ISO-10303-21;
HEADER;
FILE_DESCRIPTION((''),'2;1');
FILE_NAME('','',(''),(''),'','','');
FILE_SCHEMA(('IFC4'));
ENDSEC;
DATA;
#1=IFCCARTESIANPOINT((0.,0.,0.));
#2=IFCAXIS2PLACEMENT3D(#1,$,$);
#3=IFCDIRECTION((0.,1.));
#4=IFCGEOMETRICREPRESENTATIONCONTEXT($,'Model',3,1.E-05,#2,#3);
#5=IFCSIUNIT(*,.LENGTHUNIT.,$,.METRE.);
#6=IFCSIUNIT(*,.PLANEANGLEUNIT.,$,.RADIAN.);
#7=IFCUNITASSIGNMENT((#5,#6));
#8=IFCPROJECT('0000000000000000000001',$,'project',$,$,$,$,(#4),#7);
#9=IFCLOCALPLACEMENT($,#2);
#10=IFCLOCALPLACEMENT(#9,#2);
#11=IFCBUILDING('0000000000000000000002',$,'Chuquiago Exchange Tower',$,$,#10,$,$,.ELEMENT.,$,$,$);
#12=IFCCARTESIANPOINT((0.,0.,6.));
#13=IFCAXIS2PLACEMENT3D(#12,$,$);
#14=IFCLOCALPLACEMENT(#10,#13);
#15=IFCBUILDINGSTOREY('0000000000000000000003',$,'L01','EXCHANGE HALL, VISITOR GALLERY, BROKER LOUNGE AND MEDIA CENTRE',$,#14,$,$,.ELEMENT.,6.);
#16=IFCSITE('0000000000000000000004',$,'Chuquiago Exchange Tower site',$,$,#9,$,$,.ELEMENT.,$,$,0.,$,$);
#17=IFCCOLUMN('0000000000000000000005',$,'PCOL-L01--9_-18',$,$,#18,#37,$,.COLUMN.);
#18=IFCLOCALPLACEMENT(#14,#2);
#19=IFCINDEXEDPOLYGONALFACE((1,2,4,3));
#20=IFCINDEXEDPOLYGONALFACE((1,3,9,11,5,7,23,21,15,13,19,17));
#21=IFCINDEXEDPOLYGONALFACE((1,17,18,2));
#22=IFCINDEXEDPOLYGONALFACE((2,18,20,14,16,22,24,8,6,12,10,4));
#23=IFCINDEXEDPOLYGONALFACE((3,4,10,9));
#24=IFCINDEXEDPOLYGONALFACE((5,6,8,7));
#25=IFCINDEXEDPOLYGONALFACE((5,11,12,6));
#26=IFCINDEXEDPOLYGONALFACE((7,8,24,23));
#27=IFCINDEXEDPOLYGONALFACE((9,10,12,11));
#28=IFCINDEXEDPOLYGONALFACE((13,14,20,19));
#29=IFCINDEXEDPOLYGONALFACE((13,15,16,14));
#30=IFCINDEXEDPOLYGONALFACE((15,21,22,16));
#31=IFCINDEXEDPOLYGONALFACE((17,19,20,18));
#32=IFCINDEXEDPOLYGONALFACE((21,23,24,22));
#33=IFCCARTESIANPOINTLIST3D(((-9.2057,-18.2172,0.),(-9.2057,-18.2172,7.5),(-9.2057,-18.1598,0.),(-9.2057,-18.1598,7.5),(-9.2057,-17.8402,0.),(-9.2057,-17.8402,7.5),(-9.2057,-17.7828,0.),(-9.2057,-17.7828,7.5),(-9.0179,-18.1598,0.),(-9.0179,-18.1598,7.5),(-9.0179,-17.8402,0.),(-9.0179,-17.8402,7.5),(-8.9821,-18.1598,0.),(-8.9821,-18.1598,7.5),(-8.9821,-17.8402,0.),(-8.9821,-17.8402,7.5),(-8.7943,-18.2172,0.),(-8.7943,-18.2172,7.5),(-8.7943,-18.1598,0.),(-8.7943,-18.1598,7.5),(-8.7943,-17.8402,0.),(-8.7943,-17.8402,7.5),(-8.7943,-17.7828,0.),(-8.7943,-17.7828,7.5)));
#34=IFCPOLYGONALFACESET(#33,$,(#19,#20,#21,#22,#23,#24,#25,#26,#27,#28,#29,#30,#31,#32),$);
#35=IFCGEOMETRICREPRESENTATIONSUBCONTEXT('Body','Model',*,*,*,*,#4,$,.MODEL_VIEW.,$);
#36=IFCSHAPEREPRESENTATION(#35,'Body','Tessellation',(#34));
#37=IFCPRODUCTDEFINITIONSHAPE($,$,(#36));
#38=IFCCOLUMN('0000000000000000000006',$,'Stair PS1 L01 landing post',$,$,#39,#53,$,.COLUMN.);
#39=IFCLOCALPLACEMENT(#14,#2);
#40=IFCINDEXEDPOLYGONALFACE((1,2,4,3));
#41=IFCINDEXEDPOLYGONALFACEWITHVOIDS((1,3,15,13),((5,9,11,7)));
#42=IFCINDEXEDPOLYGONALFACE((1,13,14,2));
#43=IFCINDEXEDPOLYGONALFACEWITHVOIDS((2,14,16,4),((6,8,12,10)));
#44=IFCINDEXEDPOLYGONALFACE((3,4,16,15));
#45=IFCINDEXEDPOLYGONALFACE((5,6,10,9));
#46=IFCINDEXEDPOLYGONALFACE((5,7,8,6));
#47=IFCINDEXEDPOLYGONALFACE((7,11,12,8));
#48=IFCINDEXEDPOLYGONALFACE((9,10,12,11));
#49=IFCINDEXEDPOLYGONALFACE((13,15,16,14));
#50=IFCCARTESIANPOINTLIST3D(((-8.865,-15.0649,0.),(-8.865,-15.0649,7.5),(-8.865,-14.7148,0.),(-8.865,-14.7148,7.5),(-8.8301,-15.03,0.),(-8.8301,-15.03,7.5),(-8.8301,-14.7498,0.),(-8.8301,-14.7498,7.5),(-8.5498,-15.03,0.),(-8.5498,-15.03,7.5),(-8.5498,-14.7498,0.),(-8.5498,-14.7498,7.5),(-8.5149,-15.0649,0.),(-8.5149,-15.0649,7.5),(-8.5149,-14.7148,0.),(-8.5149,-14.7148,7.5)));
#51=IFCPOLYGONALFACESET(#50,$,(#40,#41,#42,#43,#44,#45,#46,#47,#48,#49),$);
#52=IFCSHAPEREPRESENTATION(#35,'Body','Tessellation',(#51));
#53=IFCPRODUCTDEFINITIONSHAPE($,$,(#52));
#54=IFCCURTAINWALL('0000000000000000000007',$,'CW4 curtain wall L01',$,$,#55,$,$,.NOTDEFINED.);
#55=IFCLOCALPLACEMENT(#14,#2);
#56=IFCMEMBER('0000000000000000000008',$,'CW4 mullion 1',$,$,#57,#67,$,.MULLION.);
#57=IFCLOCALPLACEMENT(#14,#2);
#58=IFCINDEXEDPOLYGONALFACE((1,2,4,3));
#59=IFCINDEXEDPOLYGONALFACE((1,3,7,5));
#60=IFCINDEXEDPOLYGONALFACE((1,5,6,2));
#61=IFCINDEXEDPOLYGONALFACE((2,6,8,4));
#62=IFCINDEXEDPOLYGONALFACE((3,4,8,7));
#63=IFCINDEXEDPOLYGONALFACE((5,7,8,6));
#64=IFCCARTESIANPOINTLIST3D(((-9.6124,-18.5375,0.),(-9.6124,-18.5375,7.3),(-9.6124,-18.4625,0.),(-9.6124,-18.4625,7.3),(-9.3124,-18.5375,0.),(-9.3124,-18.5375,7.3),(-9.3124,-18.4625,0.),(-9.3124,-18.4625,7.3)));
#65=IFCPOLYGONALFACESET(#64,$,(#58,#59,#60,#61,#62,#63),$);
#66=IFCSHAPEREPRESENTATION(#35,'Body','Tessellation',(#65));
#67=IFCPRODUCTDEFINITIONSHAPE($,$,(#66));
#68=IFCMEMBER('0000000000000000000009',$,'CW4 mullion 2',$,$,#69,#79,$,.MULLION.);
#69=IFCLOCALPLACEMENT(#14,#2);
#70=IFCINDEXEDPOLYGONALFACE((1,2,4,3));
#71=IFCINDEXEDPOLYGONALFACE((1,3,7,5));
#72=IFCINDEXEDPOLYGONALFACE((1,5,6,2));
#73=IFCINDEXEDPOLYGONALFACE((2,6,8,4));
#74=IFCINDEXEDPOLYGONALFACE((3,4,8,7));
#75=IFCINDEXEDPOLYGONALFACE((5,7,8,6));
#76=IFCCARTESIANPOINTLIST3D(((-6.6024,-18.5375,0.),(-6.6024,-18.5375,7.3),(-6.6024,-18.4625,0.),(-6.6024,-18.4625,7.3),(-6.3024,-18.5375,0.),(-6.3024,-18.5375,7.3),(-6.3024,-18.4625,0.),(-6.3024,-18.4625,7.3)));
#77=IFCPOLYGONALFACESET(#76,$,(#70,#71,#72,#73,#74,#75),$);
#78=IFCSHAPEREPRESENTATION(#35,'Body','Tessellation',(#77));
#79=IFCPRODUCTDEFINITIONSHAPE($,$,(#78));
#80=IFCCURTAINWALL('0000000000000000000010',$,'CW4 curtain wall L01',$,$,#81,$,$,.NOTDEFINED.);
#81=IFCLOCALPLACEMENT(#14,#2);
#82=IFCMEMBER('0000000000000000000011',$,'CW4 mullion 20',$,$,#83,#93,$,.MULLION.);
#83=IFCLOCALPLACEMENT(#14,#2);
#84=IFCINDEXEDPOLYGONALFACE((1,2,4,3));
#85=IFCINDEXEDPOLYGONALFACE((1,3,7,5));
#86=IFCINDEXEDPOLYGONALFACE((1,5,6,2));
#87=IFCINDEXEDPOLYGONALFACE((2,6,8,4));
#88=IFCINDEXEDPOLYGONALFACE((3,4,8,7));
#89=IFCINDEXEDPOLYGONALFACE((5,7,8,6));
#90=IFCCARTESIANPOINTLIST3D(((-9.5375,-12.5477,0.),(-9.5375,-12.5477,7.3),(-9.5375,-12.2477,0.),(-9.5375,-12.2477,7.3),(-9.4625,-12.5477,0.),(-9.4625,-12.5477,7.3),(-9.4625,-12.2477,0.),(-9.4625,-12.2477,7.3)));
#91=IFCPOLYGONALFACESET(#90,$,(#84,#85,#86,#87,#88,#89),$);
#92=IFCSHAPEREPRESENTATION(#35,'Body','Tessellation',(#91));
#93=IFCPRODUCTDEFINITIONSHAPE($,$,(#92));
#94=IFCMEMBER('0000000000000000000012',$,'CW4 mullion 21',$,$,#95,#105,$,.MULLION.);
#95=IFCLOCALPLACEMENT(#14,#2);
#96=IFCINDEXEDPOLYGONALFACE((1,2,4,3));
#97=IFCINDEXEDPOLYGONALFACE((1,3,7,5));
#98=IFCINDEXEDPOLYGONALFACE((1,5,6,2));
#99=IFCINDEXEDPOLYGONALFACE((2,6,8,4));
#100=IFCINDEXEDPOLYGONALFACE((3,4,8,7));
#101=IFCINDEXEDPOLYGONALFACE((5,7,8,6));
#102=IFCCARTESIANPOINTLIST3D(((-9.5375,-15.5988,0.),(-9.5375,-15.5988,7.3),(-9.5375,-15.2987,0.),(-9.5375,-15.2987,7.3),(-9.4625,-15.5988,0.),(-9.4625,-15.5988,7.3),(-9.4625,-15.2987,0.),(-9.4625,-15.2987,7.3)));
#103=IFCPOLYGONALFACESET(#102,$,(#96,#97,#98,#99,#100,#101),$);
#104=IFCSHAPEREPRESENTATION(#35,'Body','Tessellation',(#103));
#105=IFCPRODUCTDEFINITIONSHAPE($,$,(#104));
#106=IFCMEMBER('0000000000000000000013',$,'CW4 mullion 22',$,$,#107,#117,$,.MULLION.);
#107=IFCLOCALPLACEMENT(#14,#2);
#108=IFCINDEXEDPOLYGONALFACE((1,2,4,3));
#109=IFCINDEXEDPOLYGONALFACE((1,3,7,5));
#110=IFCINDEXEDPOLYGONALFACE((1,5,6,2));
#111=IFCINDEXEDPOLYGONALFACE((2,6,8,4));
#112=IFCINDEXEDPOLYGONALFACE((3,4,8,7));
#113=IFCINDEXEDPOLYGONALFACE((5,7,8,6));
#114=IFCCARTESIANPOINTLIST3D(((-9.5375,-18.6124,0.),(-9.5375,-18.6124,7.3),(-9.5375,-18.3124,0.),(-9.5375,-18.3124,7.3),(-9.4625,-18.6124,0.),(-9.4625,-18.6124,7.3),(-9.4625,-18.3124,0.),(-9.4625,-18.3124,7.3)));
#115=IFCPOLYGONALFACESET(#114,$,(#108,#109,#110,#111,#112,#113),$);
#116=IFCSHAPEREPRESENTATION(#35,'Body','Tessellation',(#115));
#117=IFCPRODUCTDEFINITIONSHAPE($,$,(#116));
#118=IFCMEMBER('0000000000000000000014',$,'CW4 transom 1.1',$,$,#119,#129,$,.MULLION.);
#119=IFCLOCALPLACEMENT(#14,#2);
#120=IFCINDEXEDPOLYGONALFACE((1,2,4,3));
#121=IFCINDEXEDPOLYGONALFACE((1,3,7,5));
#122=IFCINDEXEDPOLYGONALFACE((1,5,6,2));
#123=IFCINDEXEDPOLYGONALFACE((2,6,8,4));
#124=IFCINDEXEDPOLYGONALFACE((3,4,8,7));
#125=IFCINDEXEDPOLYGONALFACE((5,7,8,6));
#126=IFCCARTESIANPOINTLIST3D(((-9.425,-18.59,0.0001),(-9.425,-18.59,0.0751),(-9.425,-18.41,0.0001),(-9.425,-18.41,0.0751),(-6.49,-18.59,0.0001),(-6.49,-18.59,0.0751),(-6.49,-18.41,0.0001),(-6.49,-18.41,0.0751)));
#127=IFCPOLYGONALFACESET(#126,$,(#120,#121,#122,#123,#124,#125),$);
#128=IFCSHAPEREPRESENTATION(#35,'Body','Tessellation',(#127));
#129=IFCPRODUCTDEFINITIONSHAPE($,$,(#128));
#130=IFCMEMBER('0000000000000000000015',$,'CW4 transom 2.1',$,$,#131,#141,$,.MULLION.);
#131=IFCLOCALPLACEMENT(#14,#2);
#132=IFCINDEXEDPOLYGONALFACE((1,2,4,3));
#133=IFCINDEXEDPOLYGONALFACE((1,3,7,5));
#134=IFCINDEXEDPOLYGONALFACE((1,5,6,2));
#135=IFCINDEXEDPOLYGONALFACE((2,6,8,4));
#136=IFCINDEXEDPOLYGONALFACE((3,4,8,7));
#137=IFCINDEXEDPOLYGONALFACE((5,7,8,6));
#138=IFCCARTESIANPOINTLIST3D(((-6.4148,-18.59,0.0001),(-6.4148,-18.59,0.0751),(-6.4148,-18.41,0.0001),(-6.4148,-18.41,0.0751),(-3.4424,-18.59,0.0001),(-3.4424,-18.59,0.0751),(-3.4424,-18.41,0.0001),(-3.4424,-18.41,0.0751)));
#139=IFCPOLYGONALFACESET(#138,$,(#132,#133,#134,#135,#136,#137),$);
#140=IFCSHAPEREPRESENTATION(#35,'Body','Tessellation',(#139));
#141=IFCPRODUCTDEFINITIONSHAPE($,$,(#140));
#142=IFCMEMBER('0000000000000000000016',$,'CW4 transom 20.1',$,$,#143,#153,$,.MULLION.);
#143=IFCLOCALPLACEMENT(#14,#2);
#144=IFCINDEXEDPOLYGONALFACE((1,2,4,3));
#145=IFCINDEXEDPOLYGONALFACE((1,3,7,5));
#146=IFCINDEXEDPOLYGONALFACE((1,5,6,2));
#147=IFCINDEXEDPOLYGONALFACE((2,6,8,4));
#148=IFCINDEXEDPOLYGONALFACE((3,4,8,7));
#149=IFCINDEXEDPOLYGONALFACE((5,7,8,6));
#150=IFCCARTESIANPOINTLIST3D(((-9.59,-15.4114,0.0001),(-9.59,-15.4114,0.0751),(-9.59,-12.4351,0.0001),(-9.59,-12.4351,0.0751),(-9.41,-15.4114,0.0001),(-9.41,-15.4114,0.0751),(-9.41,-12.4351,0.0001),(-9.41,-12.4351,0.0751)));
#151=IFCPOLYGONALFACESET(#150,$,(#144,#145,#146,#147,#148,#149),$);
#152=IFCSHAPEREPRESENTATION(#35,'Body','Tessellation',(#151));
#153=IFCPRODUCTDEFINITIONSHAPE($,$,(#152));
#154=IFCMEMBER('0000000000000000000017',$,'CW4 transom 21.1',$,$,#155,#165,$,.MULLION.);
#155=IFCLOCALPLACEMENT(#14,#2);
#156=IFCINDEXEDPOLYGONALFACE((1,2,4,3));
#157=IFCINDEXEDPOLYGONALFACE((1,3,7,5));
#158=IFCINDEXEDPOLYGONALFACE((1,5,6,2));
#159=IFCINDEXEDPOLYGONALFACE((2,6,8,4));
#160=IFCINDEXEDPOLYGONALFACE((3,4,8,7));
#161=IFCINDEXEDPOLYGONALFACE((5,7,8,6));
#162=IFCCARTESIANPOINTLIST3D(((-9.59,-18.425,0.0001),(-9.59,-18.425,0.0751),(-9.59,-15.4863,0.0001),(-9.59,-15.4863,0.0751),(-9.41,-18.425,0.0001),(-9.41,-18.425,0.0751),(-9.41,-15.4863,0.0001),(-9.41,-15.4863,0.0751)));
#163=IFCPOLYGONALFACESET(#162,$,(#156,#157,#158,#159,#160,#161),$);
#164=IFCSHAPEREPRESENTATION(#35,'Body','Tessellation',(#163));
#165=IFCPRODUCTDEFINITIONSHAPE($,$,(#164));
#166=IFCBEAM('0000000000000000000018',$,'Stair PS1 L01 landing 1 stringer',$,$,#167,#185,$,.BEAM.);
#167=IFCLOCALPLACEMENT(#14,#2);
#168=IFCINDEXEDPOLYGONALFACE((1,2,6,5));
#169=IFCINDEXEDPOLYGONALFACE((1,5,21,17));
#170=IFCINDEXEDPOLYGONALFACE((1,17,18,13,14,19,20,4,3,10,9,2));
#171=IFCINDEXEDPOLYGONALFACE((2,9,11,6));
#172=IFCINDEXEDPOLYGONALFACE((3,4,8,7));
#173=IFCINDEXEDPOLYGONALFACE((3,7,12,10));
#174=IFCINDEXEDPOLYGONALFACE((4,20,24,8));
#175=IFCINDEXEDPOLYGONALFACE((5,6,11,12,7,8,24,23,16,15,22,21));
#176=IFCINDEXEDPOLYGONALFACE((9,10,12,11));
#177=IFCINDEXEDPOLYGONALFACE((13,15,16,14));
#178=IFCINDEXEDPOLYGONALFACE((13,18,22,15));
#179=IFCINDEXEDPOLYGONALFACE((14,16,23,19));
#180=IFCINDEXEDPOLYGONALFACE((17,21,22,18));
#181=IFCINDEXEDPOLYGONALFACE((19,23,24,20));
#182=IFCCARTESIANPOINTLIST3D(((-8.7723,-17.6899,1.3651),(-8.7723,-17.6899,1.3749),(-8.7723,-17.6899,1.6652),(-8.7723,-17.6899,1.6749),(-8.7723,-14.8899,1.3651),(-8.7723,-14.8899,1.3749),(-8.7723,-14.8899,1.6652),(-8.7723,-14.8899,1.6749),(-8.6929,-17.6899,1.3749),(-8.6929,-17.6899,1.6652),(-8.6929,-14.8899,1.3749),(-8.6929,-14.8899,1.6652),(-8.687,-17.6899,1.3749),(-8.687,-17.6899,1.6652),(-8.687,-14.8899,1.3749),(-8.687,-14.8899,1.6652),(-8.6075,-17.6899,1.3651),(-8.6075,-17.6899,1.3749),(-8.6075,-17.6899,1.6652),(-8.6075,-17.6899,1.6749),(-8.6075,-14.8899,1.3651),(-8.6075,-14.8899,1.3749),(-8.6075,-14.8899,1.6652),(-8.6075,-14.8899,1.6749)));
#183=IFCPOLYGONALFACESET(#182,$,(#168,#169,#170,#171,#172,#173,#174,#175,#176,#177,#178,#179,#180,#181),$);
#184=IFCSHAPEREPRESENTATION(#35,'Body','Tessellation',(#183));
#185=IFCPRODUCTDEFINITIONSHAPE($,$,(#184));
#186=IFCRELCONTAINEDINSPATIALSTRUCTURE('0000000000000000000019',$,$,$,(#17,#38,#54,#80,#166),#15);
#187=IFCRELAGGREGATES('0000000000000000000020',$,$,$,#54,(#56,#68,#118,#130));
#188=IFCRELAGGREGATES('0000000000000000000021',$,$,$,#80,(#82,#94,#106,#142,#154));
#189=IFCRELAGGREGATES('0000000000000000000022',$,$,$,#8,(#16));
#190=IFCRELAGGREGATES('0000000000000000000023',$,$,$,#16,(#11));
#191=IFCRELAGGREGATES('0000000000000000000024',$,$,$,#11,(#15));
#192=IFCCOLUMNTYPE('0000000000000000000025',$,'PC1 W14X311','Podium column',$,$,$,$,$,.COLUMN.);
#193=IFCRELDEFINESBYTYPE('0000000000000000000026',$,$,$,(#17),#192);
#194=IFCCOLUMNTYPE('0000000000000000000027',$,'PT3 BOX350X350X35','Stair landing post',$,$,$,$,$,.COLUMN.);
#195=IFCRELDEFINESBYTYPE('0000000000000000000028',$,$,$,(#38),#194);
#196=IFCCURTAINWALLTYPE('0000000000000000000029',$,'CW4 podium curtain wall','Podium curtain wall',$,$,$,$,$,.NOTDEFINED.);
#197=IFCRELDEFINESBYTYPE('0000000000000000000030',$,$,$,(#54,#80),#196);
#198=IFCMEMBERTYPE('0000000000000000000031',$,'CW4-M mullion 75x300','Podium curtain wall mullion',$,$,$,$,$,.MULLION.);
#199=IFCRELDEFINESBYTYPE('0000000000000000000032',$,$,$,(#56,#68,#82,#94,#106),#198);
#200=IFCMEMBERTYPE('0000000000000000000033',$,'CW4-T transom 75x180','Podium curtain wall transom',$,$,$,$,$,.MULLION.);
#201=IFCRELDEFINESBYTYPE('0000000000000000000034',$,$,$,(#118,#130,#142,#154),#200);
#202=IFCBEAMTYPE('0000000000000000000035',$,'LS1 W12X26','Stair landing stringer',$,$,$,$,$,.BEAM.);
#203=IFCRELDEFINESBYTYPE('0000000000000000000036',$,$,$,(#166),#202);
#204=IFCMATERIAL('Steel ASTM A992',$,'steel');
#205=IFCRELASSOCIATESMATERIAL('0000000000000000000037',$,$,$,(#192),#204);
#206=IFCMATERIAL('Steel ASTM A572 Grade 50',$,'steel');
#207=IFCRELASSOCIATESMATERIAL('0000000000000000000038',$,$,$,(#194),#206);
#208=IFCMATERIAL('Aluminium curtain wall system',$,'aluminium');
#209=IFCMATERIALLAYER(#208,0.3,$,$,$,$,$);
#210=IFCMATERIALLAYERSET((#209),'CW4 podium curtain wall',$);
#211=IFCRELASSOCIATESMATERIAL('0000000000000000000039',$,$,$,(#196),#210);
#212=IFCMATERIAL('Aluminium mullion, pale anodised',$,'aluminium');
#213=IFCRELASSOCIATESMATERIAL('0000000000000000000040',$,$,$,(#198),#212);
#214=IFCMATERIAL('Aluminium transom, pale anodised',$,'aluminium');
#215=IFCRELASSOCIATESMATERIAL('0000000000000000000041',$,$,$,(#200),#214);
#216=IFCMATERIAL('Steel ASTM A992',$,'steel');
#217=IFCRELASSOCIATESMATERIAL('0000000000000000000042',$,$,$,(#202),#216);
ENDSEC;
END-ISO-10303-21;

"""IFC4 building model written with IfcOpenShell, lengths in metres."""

from ifc_helpers import new_model, si_unit, direction, frame, origin, origin_2d, place, context, subcontext, project, spatial, rectangle, hollow_rectangle, i_section, extrude, material, layer, layer_set, material_profile, profile_set, type_object, element, aggregate, save


model = new_model("IFC4")

# Units and contexts
model_context = context("Model", 3, precision=1e-05, world=origin(), true_north=direction((0.0, 1.0)))
body_context = subcontext(model_context, "Body", "Model", "MODEL_VIEW")
ifc_project = project(units=[si_unit("LENGTHUNIT", "METRE"), si_unit("PLANEANGLEUNIT", "RADIAN")], contexts=[model_context])

# Site, building, storey
site_placement = place(None, origin())
site = spatial("IfcSite", under=ifc_project, at=site_placement, Name="Chuquiago Exchange Tower site", CompositionType="ELEMENT", RefElevation=0.0)
building_placement = place(site_placement, origin())
building = spatial("IfcBuilding", under=site, at=building_placement, Name="Chuquiago Exchange Tower", CompositionType="ELEMENT")
storey_placement = place(building_placement, frame((0.0, 0.0, 6.0)))
storey = spatial("IfcBuildingStorey", under=building, at=storey_placement, Name="L01", Description="EXCHANGE HALL, VISITOR GALLERY, BROKER LOUNGE AND MEDIA CENTRE", CompositionType="ELEMENT", Elevation=6.0)

# Columns
ifc_material_1 = material(Name="Steel ASTM A992", Category="steel")
ifc_material_profile_1 = material_profile(ifc_material_1, i_section(OverallWidth=0.4114, OverallDepth=0.4343, WebThickness=0.0359, FlangeThickness=0.0574, at=origin_2d()), Name="W14X311")
ifc_profile_set_1 = profile_set([ifc_material_profile_1], Name="Steel ASTM A992")
column_type_1 = type_object("IfcColumnType", Name="PC1 W14X311", Description="Podium column", PredefinedType="COLUMN", material=ifc_profile_set_1)
column_1_placement = place(storey_placement, frame((-9.0, -18.0, 0.0), z_axis=(0.0, 0.0, 1.0), x_axis=(1.0, 0.0, 0.0)))
element("IfcColumn", 1, at=column_1_placement, inside=storey, type_object=column_type_1, Name="PCOL-L01--9_-18", PredefinedType="COLUMN", context=body_context, shape_type="SweptSolid", body=[
    extrude(i_section(OverallWidth=0.4114, OverallDepth=0.4343, WebThickness=0.0359, FlangeThickness=0.0574, at=origin_2d()), origin(), (0.0, 0.0, 1.0), 7.5),
])
ifc_material_2 = material(Name="Steel ASTM A572 Grade 50", Category="steel")
ifc_material_profile_2 = material_profile(ifc_material_2, hollow_rectangle(XDim=0.3501, YDim=0.3501, WallThickness=0.0349, at=origin_2d()), Name="BOX350X350X35")
ifc_profile_set_2 = profile_set([ifc_material_profile_2], Name="Steel ASTM A572 Grade 50")
column_type_2 = type_object("IfcColumnType", Name="PT3 BOX350X350X35", Description="Stair landing post", PredefinedType="COLUMN", material=ifc_profile_set_2)
column_2_placement = place(storey_placement, frame((-8.6899, -14.8899, 0.0), z_axis=(0.0, 0.0, 1.0), x_axis=(1.0, 0.0, 0.0)))
element("IfcColumn", 2, at=column_2_placement, inside=storey, type_object=column_type_2, Name="Stair PS1 L01 landing post", PredefinedType="COLUMN", context=body_context, shape_type="SweptSolid", body=[
    extrude(hollow_rectangle(XDim=0.3501, YDim=0.3501, WallThickness=0.0349, at=origin_2d()), origin(), (0.0, 0.0, 1.0), 7.5),
])

# Curtain walls, members
ifc_material_3 = material(Name="Aluminium curtain wall system", Category="aluminium")
ifc_layer_1 = layer(ifc_material_3, 0.3)
ifc_layer_set_1 = layer_set([ifc_layer_1], Name="CW4 podium curtain wall")
curtain_wall_type = type_object("IfcCurtainWallType", Name="CW4 podium curtain wall", Description="Podium curtain wall", PredefinedType="NOTDEFINED", material=ifc_layer_set_1)
curtain_wall_1_placement = place(storey_placement, origin())
curtain_wall_1 = element("IfcCurtainWall", 3, at=curtain_wall_1_placement, inside=storey, type_object=curtain_wall_type, Name="CW4 curtain wall L01", PredefinedType="NOTDEFINED")
ifc_material_4 = material(Name="Aluminium mullion, pale anodised", Category="aluminium")
ifc_material_profile_3 = material_profile(ifc_material_4, rectangle(XDim=0.075, YDim=0.3, at=origin_2d()), Name="AL 75x300")
ifc_profile_set_3 = profile_set([ifc_material_profile_3], Name="Aluminium mullion, pale anodised")
member_type_1 = type_object("IfcMemberType", Name="CW4-M mullion 75x300", Description="Podium curtain wall mullion", PredefinedType="MULLION", material=ifc_profile_set_3)
member_1_placement = place(storey_placement, frame((-9.4624, -18.5, 0.0), z_axis=(0.0, 0.0, 1.0), x_axis=(0.0, 1.0, 0.0)))
member_1 = element("IfcMember", 4, at=member_1_placement, type_object=member_type_1, Name="CW4 mullion 1", PredefinedType="MULLION", context=body_context, shape_type="SweptSolid", body=[
    extrude(rectangle(XDim=0.075, YDim=0.3, at=origin_2d()), origin(), (0.0, 0.0, 1.0), 7.3),
])
member_2_placement = place(storey_placement, frame((-6.4524, -18.5, 0.0), z_axis=(0.0, 0.0, 1.0), x_axis=(0.0, 1.0, 0.0)))
member_2 = element("IfcMember", 5, at=member_2_placement, type_object=member_type_1, Name="CW4 mullion 2", PredefinedType="MULLION", context=body_context, shape_type="SweptSolid", body=[
    extrude(rectangle(XDim=0.075, YDim=0.3, at=origin_2d()), origin(), (0.0, 0.0, 1.0), 7.3),
])
curtain_wall_2_placement = place(storey_placement, origin())
curtain_wall_2 = element("IfcCurtainWall", 6, at=curtain_wall_2_placement, inside=storey, type_object=curtain_wall_type, Name="CW4 curtain wall L01", PredefinedType="NOTDEFINED")
member_3_placement = place(storey_placement, frame((-9.5, -12.3977, 0.0), z_axis=(0.0, 0.0, 1.0), x_axis=(1.0, 0.0, 0.0)))
member_3 = element("IfcMember", 7, at=member_3_placement, type_object=member_type_1, Name="CW4 mullion 20", PredefinedType="MULLION", context=body_context, shape_type="SweptSolid", body=[
    extrude(rectangle(XDim=0.075, YDim=0.3, at=origin_2d()), origin(), (0.0, 0.0, 1.0), 7.3),
])
member_4_placement = place(storey_placement, frame((-9.5, -15.4487, 0.0), z_axis=(0.0, 0.0, 1.0), x_axis=(1.0, 0.0, 0.0)))
member_4 = element("IfcMember", 8, at=member_4_placement, type_object=member_type_1, Name="CW4 mullion 21", PredefinedType="MULLION", context=body_context, shape_type="SweptSolid", body=[
    extrude(rectangle(XDim=0.075, YDim=0.3, at=origin_2d()), origin(), (0.0, 0.0, 1.0), 7.3),
])
member_5_placement = place(storey_placement, frame((-9.5, -18.4624, 0.0), z_axis=(0.0, 0.0, 1.0), x_axis=(1.0, 0.0, 0.0)))
member_5 = element("IfcMember", 9, at=member_5_placement, type_object=member_type_1, Name="CW4 mullion 22", PredefinedType="MULLION", context=body_context, shape_type="SweptSolid", body=[
    extrude(rectangle(XDim=0.075, YDim=0.3, at=origin_2d()), origin(), (0.0, 0.0, 1.0), 7.3),
])

# Members
ifc_material_5 = material(Name="Aluminium transom, pale anodised", Category="aluminium")
ifc_material_profile_4 = material_profile(ifc_material_5, rectangle(XDim=0.1799, YDim=0.075, at=origin_2d()), Name="AL 180x75")
ifc_profile_set_4 = profile_set([ifc_material_profile_4], Name="Aluminium transom, pale anodised")
member_type_2 = type_object("IfcMemberType", Name="CW4-T transom 75x180", Description="Podium curtain wall transom", PredefinedType="MULLION", material=ifc_profile_set_4)
member_6_placement = place(storey_placement, frame((-9.425, -18.5, 0.0376), z_axis=(1.0, 0.0, 0.0), x_axis=(0.0, 1.0, 0.0)))
member_6 = element("IfcMember", 10, at=member_6_placement, type_object=member_type_2, Name="CW4 transom 1.1", PredefinedType="MULLION", context=body_context, shape_type="SweptSolid", body=[
    extrude(rectangle(XDim=0.1799, YDim=0.075, at=origin_2d()), origin(), (0.0, 0.0, 1.0), 2.9351),
])
member_7_placement = place(storey_placement, frame((-6.4148, -18.5, 0.0376), z_axis=(1.0, 0.0, 0.0), x_axis=(0.0, 1.0, 0.0)))
member_7 = element("IfcMember", 11, at=member_7_placement, type_object=member_type_2, Name="CW4 transom 2.1", PredefinedType="MULLION", context=body_context, shape_type="SweptSolid", body=[
    extrude(rectangle(XDim=0.1799, YDim=0.075, at=origin_2d()), origin(), (0.0, 0.0, 1.0), 2.9724),
])
member_8_placement = place(storey_placement, frame((-9.5, -12.4351, 0.0376), z_axis=(0.0, -1.0, 0.0), x_axis=(1.0, 0.0, 0.0)))
member_8 = element("IfcMember", 12, at=member_8_placement, type_object=member_type_2, Name="CW4 transom 20.1", PredefinedType="MULLION", context=body_context, shape_type="SweptSolid", body=[
    extrude(rectangle(XDim=0.1799, YDim=0.075, at=origin_2d()), origin(), (0.0, 0.0, 1.0), 2.9763),
])
member_9_placement = place(storey_placement, frame((-9.5, -15.4863, 0.0376), z_axis=(0.0, -1.0, 0.0), x_axis=(1.0, 0.0, 0.0)))
member_9 = element("IfcMember", 13, at=member_9_placement, type_object=member_type_2, Name="CW4 transom 21.1", PredefinedType="MULLION", context=body_context, shape_type="SweptSolid", body=[
    extrude(rectangle(XDim=0.1799, YDim=0.075, at=origin_2d()), origin(), (0.0, 0.0, 1.0), 2.9387),
])

# Beam
ifc_material_6 = material(Name="Steel ASTM A992", Category="steel")
ifc_material_profile_5 = material_profile(ifc_material_6, i_section(OverallWidth=0.1648, OverallDepth=0.3098, WebThickness=0.0059, FlangeThickness=0.0098, at=origin_2d()), Name="W12X26")
ifc_profile_set_5 = profile_set([ifc_material_profile_5], Name="Steel ASTM A992")
beam_type_1 = type_object("IfcBeamType", Name="LS1 W12X26", Description="Stair landing stringer", PredefinedType="BEAM", material=ifc_profile_set_5)
for number, where, z_axis, x_axis, name in (
    (14, (-8.6899, -17.6899, 1.52), (0.0, 1.0, 0.0), (-1.0, 0.0, 0.0), "Stair PS1 L01 landing 1 stringer"),
):
    element("IfcBeam", number, at=place(storey_placement, frame(where, z_axis=z_axis, x_axis=x_axis)), inside=storey, type_object=beam_type_1, Name=name, PredefinedType="BEAM", context=body_context, shape_type="SweptSolid", body=[
        extrude(i_section(OverallWidth=0.1648, OverallDepth=0.3098, WebThickness=0.0059, FlangeThickness=0.0098, at=origin_2d()), origin(), (0.0, 0.0, 1.0), 2.8),
    ])

aggregate(curtain_wall_1, [member_1, member_2, member_6, member_7])
aggregate(curtain_wall_2, [member_3, member_4, member_5, member_8, member_9])

save(model, "model.ifc")
